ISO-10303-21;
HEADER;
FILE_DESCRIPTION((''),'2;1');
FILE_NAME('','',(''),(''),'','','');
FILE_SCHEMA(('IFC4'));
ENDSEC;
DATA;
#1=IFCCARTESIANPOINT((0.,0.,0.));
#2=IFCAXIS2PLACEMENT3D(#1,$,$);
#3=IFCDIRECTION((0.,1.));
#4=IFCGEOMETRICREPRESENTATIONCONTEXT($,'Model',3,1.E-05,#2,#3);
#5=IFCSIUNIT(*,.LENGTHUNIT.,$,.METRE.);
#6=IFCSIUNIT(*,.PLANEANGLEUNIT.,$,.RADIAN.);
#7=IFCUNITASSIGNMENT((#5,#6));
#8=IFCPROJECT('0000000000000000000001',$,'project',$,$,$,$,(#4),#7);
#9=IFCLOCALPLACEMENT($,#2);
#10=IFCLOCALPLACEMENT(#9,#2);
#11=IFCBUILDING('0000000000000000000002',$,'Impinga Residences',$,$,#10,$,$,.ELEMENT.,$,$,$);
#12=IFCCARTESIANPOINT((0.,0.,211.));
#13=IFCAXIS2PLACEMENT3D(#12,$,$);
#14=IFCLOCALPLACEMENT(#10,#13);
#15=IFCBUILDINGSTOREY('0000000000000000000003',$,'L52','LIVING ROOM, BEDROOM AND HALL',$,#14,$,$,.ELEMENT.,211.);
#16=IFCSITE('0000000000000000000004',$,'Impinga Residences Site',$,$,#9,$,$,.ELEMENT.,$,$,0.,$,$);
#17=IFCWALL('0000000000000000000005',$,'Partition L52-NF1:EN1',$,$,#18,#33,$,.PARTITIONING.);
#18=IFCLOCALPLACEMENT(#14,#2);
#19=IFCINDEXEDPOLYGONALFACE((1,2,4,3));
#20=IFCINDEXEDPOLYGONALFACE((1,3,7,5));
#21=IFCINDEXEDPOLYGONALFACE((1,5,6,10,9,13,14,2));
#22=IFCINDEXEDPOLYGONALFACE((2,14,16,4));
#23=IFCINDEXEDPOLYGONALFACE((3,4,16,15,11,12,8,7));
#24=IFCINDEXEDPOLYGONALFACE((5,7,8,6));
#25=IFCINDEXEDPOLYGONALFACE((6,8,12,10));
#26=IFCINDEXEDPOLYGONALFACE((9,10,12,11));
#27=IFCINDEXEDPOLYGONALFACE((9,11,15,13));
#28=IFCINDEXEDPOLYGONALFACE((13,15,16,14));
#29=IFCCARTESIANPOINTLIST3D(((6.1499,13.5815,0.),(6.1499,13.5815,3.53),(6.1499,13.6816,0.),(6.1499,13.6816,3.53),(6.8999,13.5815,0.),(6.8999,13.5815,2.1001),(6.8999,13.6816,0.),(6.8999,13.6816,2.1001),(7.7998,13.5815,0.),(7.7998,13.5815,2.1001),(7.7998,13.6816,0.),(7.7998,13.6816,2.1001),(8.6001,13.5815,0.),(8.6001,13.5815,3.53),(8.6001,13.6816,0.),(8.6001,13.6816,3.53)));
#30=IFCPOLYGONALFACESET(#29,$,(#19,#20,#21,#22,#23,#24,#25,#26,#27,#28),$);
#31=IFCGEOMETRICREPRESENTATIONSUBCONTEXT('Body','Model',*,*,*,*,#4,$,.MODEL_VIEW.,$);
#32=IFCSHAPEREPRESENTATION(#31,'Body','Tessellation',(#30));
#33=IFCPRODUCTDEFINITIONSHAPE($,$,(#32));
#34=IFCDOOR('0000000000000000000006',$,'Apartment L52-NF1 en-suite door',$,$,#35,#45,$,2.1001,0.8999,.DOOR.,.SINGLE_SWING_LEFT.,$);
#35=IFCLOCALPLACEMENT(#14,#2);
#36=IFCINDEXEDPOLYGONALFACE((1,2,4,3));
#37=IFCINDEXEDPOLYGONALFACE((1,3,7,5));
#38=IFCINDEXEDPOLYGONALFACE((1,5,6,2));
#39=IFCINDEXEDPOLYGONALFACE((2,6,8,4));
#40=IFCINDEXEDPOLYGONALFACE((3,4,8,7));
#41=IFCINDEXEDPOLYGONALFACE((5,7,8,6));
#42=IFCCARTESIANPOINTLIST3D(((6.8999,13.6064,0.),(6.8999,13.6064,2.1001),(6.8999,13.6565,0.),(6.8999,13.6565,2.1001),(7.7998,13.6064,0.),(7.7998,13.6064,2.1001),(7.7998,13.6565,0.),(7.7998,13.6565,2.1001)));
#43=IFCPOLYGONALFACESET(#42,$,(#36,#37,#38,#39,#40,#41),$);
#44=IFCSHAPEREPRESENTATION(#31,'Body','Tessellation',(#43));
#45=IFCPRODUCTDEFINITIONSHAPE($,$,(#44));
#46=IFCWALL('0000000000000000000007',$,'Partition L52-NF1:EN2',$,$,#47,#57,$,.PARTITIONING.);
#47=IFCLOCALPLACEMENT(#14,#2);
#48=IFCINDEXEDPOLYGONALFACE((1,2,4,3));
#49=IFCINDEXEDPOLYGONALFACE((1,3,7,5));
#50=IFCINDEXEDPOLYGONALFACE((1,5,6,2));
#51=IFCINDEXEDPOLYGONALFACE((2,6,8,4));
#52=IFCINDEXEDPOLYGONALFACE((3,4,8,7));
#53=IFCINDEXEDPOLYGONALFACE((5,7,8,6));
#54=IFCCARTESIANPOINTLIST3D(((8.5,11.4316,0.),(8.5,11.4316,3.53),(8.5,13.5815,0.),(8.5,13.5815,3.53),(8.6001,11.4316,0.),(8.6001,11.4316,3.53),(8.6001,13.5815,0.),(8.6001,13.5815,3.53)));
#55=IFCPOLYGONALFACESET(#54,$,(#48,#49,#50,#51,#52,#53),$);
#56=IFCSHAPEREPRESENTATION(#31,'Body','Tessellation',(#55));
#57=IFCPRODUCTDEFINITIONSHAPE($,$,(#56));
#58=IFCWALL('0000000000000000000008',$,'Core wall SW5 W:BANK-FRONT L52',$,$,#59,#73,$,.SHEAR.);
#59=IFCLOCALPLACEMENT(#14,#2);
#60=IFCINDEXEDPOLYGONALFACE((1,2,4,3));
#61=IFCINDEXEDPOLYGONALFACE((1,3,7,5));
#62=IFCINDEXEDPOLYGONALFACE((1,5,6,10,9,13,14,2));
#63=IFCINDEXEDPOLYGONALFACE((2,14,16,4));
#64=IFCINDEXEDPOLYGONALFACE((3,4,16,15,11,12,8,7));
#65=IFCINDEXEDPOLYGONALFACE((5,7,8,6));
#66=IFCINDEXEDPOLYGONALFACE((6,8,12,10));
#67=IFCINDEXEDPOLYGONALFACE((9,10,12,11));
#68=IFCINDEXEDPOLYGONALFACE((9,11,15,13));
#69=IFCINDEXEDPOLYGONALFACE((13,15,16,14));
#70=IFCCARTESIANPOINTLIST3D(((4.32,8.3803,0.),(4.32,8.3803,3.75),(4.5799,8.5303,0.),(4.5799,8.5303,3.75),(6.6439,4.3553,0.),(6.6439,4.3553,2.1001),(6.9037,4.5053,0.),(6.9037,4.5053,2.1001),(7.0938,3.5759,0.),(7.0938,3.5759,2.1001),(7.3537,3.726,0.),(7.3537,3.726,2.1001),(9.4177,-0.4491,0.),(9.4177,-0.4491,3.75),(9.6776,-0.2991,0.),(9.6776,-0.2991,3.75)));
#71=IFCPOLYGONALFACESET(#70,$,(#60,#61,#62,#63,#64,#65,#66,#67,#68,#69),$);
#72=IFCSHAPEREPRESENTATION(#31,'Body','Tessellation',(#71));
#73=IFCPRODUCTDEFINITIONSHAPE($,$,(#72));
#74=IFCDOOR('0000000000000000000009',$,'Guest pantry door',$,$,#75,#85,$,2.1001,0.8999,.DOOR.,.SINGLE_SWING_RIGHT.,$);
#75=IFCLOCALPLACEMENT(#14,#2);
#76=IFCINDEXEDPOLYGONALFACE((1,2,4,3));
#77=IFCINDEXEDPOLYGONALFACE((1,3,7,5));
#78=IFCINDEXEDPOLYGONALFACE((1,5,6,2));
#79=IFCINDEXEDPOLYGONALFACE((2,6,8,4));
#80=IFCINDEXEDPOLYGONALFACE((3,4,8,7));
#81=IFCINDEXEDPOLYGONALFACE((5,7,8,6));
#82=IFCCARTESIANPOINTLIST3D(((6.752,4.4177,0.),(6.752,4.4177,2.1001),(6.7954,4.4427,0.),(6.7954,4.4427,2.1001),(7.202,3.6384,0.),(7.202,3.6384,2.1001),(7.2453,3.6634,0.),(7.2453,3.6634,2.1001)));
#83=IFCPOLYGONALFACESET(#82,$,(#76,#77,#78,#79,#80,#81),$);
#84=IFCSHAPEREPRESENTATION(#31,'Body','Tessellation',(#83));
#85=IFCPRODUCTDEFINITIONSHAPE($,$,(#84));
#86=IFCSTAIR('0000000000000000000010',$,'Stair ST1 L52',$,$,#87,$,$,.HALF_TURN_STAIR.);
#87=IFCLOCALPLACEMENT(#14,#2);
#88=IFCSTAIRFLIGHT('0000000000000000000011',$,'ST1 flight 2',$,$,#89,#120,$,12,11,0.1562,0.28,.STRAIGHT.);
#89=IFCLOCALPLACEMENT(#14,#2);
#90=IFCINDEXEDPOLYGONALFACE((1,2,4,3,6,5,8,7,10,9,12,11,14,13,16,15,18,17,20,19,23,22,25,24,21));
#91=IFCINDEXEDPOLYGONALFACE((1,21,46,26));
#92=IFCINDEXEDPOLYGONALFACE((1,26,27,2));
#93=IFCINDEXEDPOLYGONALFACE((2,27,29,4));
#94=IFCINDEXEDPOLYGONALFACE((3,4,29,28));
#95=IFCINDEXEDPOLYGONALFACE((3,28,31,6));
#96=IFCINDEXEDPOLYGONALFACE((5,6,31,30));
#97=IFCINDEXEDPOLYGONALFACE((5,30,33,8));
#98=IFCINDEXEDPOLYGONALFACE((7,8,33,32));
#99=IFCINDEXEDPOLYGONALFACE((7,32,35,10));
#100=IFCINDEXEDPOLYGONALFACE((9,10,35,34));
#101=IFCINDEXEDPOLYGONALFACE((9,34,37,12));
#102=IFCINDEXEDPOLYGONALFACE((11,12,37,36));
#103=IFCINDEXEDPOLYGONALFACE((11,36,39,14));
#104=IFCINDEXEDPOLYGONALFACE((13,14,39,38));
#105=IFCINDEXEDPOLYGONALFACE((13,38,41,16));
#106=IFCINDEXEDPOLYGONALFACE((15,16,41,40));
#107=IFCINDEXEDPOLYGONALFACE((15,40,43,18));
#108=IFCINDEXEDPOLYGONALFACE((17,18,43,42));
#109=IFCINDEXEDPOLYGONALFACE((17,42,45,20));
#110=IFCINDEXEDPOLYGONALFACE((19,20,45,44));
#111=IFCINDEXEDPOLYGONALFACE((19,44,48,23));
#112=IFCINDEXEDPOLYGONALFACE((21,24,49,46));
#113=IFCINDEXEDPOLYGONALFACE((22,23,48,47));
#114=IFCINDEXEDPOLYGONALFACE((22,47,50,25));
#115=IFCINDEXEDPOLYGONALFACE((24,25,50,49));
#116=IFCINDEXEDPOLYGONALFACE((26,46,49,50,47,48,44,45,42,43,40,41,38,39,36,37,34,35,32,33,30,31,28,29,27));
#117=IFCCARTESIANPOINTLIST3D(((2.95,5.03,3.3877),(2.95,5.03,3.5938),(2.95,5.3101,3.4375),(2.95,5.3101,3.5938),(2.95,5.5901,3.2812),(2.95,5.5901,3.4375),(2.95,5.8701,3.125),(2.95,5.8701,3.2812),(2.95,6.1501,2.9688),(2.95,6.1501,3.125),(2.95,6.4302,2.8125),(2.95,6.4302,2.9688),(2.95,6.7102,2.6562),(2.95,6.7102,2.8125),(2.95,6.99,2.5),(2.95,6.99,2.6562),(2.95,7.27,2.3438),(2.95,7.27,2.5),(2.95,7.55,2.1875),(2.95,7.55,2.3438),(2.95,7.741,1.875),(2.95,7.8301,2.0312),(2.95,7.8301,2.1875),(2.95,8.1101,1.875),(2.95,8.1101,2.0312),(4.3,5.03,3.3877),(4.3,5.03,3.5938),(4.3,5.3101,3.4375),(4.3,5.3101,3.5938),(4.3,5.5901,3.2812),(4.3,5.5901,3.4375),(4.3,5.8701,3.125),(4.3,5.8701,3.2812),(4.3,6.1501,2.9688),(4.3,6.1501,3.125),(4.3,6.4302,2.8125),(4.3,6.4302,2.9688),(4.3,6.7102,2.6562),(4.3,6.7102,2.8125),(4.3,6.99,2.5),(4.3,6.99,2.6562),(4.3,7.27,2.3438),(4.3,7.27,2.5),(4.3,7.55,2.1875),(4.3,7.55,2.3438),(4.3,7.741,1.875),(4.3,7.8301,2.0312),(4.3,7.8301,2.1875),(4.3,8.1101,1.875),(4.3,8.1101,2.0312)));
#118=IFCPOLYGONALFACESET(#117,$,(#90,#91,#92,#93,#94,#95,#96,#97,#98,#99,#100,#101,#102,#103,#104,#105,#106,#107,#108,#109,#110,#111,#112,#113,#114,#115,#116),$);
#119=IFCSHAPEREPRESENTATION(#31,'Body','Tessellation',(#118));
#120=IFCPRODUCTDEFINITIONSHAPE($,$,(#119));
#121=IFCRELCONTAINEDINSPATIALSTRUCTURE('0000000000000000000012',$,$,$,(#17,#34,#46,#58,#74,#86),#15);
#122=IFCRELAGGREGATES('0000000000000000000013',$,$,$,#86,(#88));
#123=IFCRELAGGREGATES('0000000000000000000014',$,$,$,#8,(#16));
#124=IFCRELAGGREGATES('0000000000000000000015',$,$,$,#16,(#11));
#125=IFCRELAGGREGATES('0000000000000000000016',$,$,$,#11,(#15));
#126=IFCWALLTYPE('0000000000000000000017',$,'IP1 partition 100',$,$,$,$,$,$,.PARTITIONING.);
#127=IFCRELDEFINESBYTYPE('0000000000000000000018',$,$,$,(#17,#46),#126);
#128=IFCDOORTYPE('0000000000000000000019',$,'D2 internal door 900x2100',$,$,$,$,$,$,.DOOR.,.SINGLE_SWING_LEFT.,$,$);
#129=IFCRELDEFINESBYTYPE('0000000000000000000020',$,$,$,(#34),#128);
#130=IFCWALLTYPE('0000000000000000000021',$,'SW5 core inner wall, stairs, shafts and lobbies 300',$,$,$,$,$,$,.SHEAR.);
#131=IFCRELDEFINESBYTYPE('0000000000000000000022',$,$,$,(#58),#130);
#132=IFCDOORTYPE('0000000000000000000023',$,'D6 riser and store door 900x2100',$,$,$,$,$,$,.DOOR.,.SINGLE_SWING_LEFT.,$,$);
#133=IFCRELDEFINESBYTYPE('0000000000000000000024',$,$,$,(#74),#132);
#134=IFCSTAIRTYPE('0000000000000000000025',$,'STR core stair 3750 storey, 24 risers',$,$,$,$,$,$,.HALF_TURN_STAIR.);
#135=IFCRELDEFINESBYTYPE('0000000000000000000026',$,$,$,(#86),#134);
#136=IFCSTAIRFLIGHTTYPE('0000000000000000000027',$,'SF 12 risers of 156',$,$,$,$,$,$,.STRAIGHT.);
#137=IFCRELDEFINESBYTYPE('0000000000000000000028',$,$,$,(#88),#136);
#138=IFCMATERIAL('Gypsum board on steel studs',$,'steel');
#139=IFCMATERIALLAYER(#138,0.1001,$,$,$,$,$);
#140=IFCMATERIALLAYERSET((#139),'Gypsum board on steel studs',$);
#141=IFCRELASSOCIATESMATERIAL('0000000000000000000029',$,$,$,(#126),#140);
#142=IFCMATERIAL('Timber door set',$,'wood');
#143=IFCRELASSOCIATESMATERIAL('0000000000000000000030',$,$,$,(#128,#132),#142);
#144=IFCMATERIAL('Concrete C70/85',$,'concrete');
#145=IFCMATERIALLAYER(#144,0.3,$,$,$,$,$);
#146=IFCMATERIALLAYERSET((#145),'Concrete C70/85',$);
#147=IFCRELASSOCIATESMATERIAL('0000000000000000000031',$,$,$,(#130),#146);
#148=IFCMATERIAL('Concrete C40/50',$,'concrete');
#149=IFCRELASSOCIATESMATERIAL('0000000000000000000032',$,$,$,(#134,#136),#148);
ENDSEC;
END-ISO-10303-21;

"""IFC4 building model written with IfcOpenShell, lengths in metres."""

from ifc_helpers import new_model, si_unit, direction, frame, frame_2d, origin, place, context, subcontext, project, spatial, polyline, rectangle, outline, extrude, material, layer, layer_set, type_object, element, fill, aggregate, save


model = new_model("IFC4")

# Units and contexts
model_context = context("Model", 3, precision=1e-05, world=origin(), true_north=direction((0.0, 1.0)))
body_context = subcontext(model_context, "Body", "Model", "MODEL_VIEW")
ifc_project = project(units=[si_unit("LENGTHUNIT", "METRE"), si_unit("PLANEANGLEUNIT", "RADIAN")], contexts=[model_context])

# Site, building, storey
site_placement = place(None, origin())
site = spatial("IfcSite", under=ifc_project, at=site_placement, Name="Impinga Residences Site", CompositionType="ELEMENT", RefElevation=0.0)
building_placement = place(site_placement, origin())
building = spatial("IfcBuilding", under=site, at=building_placement, Name="Impinga Residences", CompositionType="ELEMENT")
storey_placement = place(building_placement, frame((0.0, 0.0, 211.0)))
storey = spatial("IfcBuildingStorey", under=building, at=storey_placement, Name="L52", Description="LIVING ROOM, BEDROOM AND HALL", CompositionType="ELEMENT", Elevation=211.0)

# Shared definitions
ifc_material_1 = material(Name="Timber door set", Category="wood")

# Shared definitions
ifc_material_2 = material(Name="Gypsum board on steel studs", Category="steel")
ifc_layer_1 = layer(ifc_material_2, 0.1001)
ifc_layer_set_1 = layer_set([ifc_layer_1], Name="Gypsum board on steel studs")
wall_type_1 = type_object("IfcWallType", Name="IP1 partition 100", PredefinedType="PARTITIONING", material=ifc_layer_set_1)

# Shared definitions
door_type_1 = type_object("IfcDoorType", Name="D2 internal door 900x2100", OperationType="SINGLE_SWING_LEFT", PredefinedType="DOOR", material=ifc_material_1)

# Wall, opening, door
wall_1_placement = place(storey_placement, frame((6.1499, 13.6316, 0.0), z_axis=(0.0, 0.0, 1.0), x_axis=(1.0, 0.0, 0.0)))
wall_1 = element("IfcWall", 1, at=wall_1_placement, inside=storey, type_object=wall_type_1, Name="Partition L52-NF1:EN1", PredefinedType="PARTITIONING", context=body_context, shape_type="SweptSolid", body=[
    extrude(rectangle(XDim=2.4502, YDim=0.1001, at=frame_2d((1.2251, 0.0))), origin(), (0.0, 0.0, 1.0), 3.53),
])
opening_1_placement = place(wall_1_placement, frame((0.75, 0.0, 0.0)))
opening_1 = element("IfcOpeningElement", 2, at=opening_1_placement, cuts=wall_1, PredefinedType="OPENING", context=body_context, shape_type="SweptSolid", body=[
    extrude(rectangle(XDim=0.8999, YDim=2.1001, at=frame_2d((0.45, 1.05))), frame((0.0, 0.0601, 0.0), z_axis=(0.0, -1.0, 0.0), x_axis=(1.0, 0.0, 0.0)), (0.0, 0.0, 1.0), 0.1201),
])
door_1_placement = place(opening_1_placement, origin())
door_1 = element("IfcDoor", 3, at=door_1_placement, inside=storey, type_object=door_type_1, Name="Apartment L52-NF1 en-suite door", OperationType="SINGLE_SWING_LEFT", OverallHeight=2.1001, OverallWidth=0.8999, PredefinedType="DOOR", context=body_context, shape_type="SweptSolid", body=[
    extrude(rectangle(XDim=0.8999, YDim=2.1001, at=frame_2d((0.45, 1.05))), frame((0.0, 0.0249, 0.0), z_axis=(0.0, -1.0, 0.0), x_axis=(1.0, 0.0, 0.0)), (0.0, 0.0, 1.0), 0.05),
])
fill(opening_1, door_1)

# Wall
wall_2_placement = place(storey_placement, frame((8.55, 11.4316, 0.0), z_axis=(0.0, 0.0, 1.0), x_axis=(0.0, 1.0, 0.0)))
element("IfcWall", 4, at=wall_2_placement, inside=storey, type_object=wall_type_1, Name="Partition L52-NF1:EN2", PredefinedType="PARTITIONING", context=body_context, shape_type="SweptSolid", body=[
    extrude(rectangle(XDim=2.1499, YDim=0.1001, at=frame_2d((1.075, 0.0))), origin(), (0.0, 0.0, 1.0), 3.53),
])

# Wall, opening, door
ifc_material_3 = material(Name="Concrete C70/85", Category="concrete")
ifc_layer_2 = layer(ifc_material_3, 0.3)
ifc_layer_set_2 = layer_set([ifc_layer_2], Name="Concrete C70/85")
wall_type_2 = type_object("IfcWallType", Name="SW5 core inner wall, stairs, shafts and lobbies 300", PredefinedType="SHEAR", material=ifc_layer_set_2)
wall_3_placement = place(storey_placement, frame((4.45, 8.4553, 0.0), z_axis=(0.0, 0.0, 1.0), x_axis=(0.500002, -0.866024, 0.0)))
wall_3 = element("IfcWall", 5, at=wall_3_placement, inside=storey, type_object=wall_type_2, Name="Core wall SW5 W:BANK-FRONT L52", PredefinedType="SHEAR", context=body_context, shape_type="SweptSolid", body=[
    extrude(rectangle(XDim=10.1953, YDim=0.3, at=frame_2d((5.0977, 0.0))), origin(), (0.0, 0.0, 1.0), 3.75),
])
opening_2_placement = place(wall_3_placement, frame((4.6477, 0.0, 0.0)))
opening_2 = element("IfcOpeningElement", 6, at=opening_2_placement, cuts=wall_3, PredefinedType="OPENING", context=body_context, shape_type="SweptSolid", body=[
    extrude(rectangle(XDim=0.8999, YDim=2.1001, at=frame_2d((0.45, 1.05))), frame((0.0, 0.1599, 0.0), z_axis=(0.0, -1.0, 0.0), x_axis=(1.0, 0.0, 0.0)), (0.0, 0.0, 1.0), 0.3201),
])
door_type_2 = type_object("IfcDoorType", Name="D6 riser and store door 900x2100", OperationType="SINGLE_SWING_LEFT", PredefinedType="DOOR", material=ifc_material_1)
door_2_placement = place(opening_2_placement, origin())
door_2 = element("IfcDoor", 7, at=door_2_placement, inside=storey, type_object=door_type_2, Name="Guest pantry door", OperationType="SINGLE_SWING_RIGHT", OverallHeight=2.1001, OverallWidth=0.8999, PredefinedType="DOOR", context=body_context, shape_type="SweptSolid", body=[
    extrude(rectangle(XDim=0.8999, YDim=2.1001, at=frame_2d((0.45, 1.05))), frame((0.0, 0.0249, 0.0), z_axis=(0.0, -1.0, 0.0), x_axis=(1.0, 0.0, 0.0)), (0.0, 0.0, 1.0), 0.05),
])
fill(opening_2, door_2)

# Stair, stair flight
ifc_material_4 = material(Name="Concrete C40/50", Category="concrete")
stair_type = type_object("IfcStairType", Name="STR core stair 3750 storey, 24 risers", PredefinedType="HALF_TURN_STAIR", material=ifc_material_4)
stair_placement = place(storey_placement, origin())
stair = element("IfcStair", 8, at=stair_placement, inside=storey, type_object=stair_type, Name="Stair ST1 L52", PredefinedType="HALF_TURN_STAIR")
stair_flight_type = type_object("IfcStairFlightType", Name="SF 12 risers of 156", PredefinedType="STRAIGHT", material=ifc_material_4)
stair_flight_placement = place(storey_placement, frame((3.625, 8.1101, 1.875), z_axis=(0.0, 0.0, 1.0), x_axis=(0.0, -1.0, 0.0)))
stair_flight = element("IfcStairFlight", 9, at=stair_flight_placement, type_object=stair_flight_type, Name="ST1 flight 2", NumberOfRisers=12, NumberOfTreads=11, PredefinedType="STRAIGHT", RiserHeight=0.1562, TreadLength=0.28, context=body_context, shape_type="SweptSolid", body=[
    extrude(outline(polyline([(0.0, 0.0), (0.0, 0.1562), (0.28, 0.1562), (0.28, 0.3125), (0.5601, 0.3125), (0.5601, 0.4688), (0.8401, 0.4688), (0.8401, 0.625), (1.1201, 0.625), (1.1201, 0.7812), (1.3999, 0.7812), (1.3999, 0.9375), (1.6799, 0.9375), (1.6799, 1.0938), (1.96, 1.0938), (1.96, 1.25), (2.24, 1.25), (2.24, 1.4062), (2.52, 1.4062), (2.52, 1.5625), (2.8, 1.5625), (2.8, 1.7188), (3.0801, 1.7188), (3.0801, 1.875), (3.0801, 1.5127), (0.3691, 0.0), (0.0, 0.0)])), frame((0.0, 0.675, 0.0), z_axis=(0.0, -1.0, 0.0), x_axis=(1.0, 0.0, 0.0)), (0.0, 0.0, 1.0), 1.3501),
])
aggregate(stair, [stair_flight])

save(model, "model.ifc")
